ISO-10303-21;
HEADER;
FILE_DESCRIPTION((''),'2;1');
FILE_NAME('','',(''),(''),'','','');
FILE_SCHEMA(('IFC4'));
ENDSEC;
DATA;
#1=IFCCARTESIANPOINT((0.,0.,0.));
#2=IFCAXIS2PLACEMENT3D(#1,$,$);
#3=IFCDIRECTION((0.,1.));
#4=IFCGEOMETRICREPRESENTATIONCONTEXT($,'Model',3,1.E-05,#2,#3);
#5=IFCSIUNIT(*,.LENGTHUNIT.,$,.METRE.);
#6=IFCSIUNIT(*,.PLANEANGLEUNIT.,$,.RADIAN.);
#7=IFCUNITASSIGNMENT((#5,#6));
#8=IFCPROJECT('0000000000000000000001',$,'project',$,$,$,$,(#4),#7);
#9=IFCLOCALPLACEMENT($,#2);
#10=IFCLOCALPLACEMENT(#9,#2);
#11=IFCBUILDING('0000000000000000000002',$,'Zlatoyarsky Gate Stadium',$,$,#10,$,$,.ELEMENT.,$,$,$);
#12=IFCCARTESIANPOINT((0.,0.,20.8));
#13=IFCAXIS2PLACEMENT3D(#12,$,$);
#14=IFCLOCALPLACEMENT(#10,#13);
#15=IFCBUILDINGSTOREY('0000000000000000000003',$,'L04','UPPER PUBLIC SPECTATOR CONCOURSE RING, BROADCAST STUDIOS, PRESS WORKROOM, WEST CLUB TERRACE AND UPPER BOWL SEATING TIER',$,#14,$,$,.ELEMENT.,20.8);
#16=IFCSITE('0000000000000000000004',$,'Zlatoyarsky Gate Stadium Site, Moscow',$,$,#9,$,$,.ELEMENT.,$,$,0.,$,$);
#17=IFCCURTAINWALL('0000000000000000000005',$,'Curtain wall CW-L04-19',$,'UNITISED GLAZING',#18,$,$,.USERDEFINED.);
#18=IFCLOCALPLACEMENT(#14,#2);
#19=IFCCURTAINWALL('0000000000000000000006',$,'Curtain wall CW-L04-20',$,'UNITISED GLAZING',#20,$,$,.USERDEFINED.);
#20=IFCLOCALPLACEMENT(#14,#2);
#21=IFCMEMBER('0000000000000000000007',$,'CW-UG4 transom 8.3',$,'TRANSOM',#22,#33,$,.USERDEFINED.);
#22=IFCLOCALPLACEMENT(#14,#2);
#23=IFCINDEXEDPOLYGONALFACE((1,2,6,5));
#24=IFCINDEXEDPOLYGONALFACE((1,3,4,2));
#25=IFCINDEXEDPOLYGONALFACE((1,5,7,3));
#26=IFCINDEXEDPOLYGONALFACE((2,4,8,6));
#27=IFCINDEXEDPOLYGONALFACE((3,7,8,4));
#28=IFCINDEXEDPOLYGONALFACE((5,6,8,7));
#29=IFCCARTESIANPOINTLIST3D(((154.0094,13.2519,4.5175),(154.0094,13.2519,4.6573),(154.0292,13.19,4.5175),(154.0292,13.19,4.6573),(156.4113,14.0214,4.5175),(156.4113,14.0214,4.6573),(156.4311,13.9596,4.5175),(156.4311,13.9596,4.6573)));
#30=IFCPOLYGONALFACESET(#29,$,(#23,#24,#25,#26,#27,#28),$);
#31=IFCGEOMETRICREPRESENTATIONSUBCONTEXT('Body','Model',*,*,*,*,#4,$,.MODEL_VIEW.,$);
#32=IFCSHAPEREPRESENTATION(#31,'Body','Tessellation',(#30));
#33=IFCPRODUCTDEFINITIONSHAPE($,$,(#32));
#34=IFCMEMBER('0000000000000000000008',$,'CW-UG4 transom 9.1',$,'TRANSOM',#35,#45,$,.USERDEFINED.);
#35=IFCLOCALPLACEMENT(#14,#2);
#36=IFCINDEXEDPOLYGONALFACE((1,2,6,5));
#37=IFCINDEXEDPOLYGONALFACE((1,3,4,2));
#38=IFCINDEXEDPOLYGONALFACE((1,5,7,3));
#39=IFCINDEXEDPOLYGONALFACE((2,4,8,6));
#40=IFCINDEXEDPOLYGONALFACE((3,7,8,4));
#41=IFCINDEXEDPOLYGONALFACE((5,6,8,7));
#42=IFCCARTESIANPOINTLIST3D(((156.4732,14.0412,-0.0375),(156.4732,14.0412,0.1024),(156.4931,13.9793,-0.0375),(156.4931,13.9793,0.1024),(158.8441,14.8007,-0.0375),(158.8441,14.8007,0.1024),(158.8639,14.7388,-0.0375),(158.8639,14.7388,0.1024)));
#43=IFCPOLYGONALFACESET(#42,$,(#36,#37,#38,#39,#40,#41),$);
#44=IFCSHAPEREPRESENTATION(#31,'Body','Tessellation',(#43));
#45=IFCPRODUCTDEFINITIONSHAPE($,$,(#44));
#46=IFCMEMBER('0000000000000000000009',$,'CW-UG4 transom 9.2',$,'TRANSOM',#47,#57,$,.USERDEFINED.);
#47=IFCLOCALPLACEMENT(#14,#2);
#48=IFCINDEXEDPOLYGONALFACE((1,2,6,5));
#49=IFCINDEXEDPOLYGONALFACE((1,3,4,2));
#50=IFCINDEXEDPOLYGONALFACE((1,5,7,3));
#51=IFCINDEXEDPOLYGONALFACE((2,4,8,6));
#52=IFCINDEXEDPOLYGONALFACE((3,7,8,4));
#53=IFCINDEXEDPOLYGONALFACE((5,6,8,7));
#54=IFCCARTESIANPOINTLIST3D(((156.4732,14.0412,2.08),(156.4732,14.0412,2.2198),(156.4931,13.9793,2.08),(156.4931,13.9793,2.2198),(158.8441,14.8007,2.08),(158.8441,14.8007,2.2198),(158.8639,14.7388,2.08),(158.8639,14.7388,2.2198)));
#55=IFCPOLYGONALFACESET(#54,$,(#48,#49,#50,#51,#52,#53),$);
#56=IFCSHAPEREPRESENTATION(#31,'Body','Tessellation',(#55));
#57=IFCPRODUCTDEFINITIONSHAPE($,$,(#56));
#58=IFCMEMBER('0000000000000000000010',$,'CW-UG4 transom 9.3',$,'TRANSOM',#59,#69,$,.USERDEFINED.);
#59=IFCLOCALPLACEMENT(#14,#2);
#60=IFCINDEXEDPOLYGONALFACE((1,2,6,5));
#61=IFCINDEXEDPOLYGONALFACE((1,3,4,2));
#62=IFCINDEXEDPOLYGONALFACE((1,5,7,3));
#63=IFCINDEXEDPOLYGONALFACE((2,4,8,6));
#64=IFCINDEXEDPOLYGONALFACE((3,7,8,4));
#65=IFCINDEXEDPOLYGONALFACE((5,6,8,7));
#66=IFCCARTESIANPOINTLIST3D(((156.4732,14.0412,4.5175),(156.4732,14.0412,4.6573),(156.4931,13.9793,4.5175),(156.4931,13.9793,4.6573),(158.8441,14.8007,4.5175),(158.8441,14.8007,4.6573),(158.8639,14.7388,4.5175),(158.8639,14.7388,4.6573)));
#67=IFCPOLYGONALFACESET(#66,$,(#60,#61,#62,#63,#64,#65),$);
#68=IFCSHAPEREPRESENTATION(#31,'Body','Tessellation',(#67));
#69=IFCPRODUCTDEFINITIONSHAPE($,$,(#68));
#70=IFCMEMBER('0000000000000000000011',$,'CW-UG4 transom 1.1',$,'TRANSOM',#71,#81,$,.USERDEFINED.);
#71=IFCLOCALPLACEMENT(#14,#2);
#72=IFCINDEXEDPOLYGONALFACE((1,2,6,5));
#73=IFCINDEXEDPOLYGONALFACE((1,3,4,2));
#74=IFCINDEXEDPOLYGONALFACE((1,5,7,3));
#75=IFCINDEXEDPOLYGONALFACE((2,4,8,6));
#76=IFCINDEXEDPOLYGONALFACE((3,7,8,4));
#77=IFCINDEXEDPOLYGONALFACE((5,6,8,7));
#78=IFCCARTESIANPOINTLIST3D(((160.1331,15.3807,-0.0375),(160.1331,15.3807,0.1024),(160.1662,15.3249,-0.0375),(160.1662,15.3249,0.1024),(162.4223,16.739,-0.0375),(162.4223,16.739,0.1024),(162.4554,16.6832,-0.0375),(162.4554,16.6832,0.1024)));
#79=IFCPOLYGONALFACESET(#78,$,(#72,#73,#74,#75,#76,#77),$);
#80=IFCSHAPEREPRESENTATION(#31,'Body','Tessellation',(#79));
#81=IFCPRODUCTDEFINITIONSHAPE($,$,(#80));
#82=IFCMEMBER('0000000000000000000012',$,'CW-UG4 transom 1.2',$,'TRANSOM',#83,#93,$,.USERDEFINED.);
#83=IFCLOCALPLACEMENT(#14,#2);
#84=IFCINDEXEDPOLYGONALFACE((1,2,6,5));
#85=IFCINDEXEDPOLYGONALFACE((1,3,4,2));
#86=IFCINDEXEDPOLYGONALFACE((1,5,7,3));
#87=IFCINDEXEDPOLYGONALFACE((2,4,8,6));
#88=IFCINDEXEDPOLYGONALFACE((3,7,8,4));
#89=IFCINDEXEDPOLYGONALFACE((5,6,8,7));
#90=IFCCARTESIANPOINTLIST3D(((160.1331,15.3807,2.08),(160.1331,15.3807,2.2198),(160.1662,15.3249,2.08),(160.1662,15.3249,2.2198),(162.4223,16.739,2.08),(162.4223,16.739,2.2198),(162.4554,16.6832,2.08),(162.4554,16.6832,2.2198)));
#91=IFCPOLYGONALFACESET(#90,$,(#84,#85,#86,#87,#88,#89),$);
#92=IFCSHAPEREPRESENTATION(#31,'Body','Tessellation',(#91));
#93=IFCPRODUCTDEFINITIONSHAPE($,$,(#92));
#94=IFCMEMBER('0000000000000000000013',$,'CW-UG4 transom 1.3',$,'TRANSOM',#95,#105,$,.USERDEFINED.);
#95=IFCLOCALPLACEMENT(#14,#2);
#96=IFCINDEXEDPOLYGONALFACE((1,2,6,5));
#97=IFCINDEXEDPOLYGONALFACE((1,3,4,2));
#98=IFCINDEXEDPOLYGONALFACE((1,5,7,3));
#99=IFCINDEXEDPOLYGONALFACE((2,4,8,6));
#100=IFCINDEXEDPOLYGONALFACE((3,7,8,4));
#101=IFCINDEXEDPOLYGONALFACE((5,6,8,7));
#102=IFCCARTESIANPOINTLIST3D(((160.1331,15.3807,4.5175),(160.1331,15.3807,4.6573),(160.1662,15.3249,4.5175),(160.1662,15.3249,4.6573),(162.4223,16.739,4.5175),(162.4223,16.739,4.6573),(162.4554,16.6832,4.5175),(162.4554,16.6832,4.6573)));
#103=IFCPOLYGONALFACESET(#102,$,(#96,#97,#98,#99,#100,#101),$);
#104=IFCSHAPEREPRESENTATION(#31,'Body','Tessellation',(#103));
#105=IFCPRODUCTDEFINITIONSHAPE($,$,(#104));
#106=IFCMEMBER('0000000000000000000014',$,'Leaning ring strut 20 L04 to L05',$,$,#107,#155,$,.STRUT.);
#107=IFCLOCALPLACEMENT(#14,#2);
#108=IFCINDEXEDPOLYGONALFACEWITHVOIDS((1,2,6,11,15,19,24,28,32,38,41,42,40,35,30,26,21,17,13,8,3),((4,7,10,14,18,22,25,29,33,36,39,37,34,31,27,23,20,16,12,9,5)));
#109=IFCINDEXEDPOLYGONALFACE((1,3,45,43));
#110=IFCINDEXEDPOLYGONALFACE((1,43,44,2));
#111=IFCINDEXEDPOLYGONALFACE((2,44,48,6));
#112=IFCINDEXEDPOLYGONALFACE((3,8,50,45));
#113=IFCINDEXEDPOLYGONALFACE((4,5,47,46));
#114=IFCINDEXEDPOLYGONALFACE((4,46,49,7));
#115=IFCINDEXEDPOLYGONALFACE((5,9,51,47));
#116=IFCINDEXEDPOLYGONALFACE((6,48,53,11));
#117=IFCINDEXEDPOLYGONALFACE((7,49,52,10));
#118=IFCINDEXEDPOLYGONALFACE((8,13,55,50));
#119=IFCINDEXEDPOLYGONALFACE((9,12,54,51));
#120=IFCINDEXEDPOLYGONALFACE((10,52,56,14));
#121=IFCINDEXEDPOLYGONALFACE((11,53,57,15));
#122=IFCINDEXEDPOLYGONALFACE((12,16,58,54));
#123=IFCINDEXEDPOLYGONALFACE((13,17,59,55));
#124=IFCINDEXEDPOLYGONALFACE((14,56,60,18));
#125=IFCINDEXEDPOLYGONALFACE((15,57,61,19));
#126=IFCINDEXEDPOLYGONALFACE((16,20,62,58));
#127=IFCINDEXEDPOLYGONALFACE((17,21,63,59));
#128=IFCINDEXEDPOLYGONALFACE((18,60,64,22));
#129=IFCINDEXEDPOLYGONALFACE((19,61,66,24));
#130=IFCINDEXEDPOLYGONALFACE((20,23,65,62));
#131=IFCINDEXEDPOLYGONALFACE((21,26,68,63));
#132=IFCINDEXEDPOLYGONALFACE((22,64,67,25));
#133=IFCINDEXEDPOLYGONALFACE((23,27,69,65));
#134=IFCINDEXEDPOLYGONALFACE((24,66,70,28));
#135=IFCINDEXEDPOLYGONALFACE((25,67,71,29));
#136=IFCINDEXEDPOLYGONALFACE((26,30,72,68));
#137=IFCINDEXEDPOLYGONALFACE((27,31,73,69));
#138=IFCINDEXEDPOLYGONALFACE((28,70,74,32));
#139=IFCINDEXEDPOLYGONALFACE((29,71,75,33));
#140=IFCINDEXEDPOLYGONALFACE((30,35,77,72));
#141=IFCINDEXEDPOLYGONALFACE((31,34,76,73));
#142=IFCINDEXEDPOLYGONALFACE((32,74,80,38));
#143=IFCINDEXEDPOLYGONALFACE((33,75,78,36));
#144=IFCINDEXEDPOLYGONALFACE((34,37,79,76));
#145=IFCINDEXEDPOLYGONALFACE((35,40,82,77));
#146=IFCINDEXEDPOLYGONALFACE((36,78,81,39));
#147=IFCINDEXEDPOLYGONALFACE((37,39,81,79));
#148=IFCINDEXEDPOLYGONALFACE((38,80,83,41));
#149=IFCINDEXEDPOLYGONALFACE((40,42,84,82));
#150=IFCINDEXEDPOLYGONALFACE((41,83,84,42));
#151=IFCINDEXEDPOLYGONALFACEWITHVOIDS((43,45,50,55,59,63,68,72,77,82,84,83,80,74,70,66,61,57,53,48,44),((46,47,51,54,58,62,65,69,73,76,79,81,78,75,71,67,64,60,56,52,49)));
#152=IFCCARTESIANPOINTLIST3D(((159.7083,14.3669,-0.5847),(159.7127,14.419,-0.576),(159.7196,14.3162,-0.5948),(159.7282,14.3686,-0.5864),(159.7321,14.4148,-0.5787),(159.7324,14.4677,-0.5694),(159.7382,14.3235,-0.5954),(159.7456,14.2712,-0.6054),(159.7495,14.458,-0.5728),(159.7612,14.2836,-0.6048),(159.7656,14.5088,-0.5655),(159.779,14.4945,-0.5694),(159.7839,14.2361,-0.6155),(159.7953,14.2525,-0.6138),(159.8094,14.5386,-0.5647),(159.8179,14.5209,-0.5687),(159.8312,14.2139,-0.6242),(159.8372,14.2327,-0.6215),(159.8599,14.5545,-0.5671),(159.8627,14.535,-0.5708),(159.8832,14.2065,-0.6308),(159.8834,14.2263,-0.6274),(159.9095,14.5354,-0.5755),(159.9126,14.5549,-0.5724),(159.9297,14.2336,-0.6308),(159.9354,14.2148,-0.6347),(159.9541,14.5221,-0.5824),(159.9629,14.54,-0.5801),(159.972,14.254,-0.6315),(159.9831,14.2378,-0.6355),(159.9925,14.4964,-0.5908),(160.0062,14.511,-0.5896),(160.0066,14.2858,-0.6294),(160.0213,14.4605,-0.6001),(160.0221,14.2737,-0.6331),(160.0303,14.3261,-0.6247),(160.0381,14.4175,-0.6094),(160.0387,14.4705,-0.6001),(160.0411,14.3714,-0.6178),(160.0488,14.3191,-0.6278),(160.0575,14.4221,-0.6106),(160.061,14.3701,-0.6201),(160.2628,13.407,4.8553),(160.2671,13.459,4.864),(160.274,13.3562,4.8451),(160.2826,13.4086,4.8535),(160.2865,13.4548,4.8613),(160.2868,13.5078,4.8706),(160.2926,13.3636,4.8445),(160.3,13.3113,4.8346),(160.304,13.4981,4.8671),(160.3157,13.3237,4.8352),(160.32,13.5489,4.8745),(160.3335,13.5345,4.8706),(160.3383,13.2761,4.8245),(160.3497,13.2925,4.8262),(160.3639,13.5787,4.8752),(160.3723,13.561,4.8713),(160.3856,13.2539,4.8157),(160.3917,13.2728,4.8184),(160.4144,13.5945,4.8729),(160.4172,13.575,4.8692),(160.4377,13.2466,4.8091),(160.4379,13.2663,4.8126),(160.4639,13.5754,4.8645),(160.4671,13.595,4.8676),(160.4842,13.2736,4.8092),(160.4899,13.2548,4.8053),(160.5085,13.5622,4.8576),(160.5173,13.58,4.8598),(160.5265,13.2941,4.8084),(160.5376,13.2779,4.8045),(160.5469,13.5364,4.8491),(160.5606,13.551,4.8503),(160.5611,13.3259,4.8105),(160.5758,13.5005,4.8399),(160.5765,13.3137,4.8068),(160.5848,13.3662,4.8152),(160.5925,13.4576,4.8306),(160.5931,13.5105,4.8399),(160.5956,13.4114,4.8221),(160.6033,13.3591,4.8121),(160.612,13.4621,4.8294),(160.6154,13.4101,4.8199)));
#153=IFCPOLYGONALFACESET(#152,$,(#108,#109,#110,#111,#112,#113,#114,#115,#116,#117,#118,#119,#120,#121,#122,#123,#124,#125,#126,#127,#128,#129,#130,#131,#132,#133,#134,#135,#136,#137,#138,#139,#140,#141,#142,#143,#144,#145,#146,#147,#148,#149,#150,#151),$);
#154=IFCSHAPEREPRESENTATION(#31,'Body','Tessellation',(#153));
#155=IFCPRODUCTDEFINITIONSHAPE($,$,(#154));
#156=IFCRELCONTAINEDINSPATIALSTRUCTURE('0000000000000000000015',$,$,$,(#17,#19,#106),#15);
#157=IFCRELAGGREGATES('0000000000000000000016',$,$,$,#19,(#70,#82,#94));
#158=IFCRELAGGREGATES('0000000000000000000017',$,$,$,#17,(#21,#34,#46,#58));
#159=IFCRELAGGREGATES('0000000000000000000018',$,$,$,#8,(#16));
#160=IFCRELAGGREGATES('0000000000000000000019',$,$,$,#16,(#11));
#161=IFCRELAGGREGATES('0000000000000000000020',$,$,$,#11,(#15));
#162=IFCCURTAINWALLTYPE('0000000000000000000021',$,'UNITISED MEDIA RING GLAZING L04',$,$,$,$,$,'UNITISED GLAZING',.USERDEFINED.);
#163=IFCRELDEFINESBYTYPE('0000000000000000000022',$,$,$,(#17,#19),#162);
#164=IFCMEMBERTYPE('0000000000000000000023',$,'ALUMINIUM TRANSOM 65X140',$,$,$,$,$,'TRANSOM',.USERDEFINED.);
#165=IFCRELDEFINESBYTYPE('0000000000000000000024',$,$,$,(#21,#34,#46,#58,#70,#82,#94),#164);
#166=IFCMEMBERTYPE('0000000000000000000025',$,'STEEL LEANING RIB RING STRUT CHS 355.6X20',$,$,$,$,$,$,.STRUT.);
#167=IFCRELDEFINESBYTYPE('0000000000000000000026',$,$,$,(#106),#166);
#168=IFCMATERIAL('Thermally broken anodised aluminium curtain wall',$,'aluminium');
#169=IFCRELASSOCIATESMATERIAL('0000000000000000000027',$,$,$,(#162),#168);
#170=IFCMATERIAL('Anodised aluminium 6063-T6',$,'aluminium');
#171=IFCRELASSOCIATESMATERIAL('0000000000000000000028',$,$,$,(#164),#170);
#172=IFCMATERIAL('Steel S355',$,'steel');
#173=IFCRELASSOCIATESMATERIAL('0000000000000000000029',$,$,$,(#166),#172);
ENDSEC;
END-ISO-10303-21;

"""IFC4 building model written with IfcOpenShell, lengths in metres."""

from ifc_helpers import new_model, si_unit, direction, frame, origin, origin_2d, place, context, subcontext, project, spatial, rectangle, hollow_circle, extrude, material, material_profile, profile_set, type_object, element, aggregate, save


model = new_model("IFC4")

# Units and contexts
model_context = context("Model", 3, precision=1e-05, world=origin(), true_north=direction((0.0, 1.0)))
body_context = subcontext(model_context, "Body", "Model", "MODEL_VIEW")
ifc_project = project(units=[si_unit("LENGTHUNIT", "METRE"), si_unit("PLANEANGLEUNIT", "RADIAN")], contexts=[model_context])

# Site, building, storey
site_placement = place(None, origin())
site = spatial("IfcSite", under=ifc_project, at=site_placement, Name="Zlatoyarsky Gate Stadium Site, Moscow", CompositionType="ELEMENT", RefElevation=0.0)
building_placement = place(site_placement, origin())
building = spatial("IfcBuilding", under=site, at=building_placement, Name="Zlatoyarsky Gate Stadium", CompositionType="ELEMENT")
storey_placement = place(building_placement, frame((0.0, 0.0, 20.8)))
storey = spatial("IfcBuildingStorey", under=building, at=storey_placement, Name="L04", Description="UPPER PUBLIC SPECTATOR CONCOURSE RING, BROADCAST STUDIOS, PRESS WORKROOM, WEST CLUB TERRACE AND UPPER BOWL SEATING TIER", CompositionType="ELEMENT", Elevation=20.8)

# Curtain wall
ifc_material_1 = material(Name="Thermally broken anodised aluminium curtain wall", Category="aluminium")
curtain_wall_type = type_object("IfcCurtainWallType", Name="UNITISED MEDIA RING GLAZING L04", ElementType="UNITISED GLAZING", PredefinedType="USERDEFINED", material=ifc_material_1)
curtain_wall_1_placement = place(storey_placement, origin())
curtain_wall_1 = element("IfcCurtainWall", 1, at=curtain_wall_1_placement, inside=storey, type_object=curtain_wall_type, Name="Curtain wall CW-L04-19", ObjectType="UNITISED GLAZING", PredefinedType="USERDEFINED")
ifc_material_2 = material(Name="Anodised aluminium 6063-T6", Category="aluminium")

# Curtain wall
curtain_wall_2_placement = place(storey_placement, origin())
curtain_wall_2 = element("IfcCurtainWall", 2, at=curtain_wall_2_placement, inside=storey, type_object=curtain_wall_type, Name="Curtain wall CW-L04-20", ObjectType="UNITISED GLAZING", PredefinedType="USERDEFINED")

# Members
ifc_material_profile_1 = material_profile(ifc_material_2, rectangle(XDim=0.0649, YDim=0.1399, at=origin_2d()), Name="ALU 65X140")
ifc_profile_set_1 = profile_set([ifc_material_profile_1], Name="Anodised aluminium 6063-T6")
member_type_1 = type_object("IfcMemberType", Name="ALUMINIUM TRANSOM 65X140", ElementType="TRANSOM", PredefinedType="USERDEFINED", material=ifc_profile_set_1)
member_1_placement = place(storey_placement, frame((154.0193, 13.2209, 4.5874), z_axis=(0.952316, 0.305113, 0.0), x_axis=(-0.305113, 0.952316, 0.0)))
member_1 = element("IfcMember", 3, at=member_1_placement, type_object=member_type_1, Name="CW-UG4 transom 8.3", ObjectType="TRANSOM", PredefinedType="USERDEFINED", context=body_context, shape_type="SweptSolid", body=[
    extrude(rectangle(XDim=0.0649, YDim=0.1399, at=origin_2d()), origin(), (0.0, 0.0, 1.0), 2.5222),
])
member_2_placement = place(storey_placement, frame((156.4832, 14.0103, 0.0325), z_axis=(0.952325, 0.305085, 0.0), x_axis=(-0.305085, 0.952325, 0.0)))
member_2 = element("IfcMember", 4, at=member_2_placement, type_object=member_type_1, Name="CW-UG4 transom 9.1", ObjectType="TRANSOM", PredefinedType="USERDEFINED", context=body_context, shape_type="SweptSolid", body=[
    extrude(rectangle(XDim=0.0649, YDim=0.1399, at=origin_2d()), origin(), (0.0, 0.0, 1.0), 2.4895),
])
member_3_placement = place(storey_placement, frame((156.4832, 14.0103, 2.1499), z_axis=(0.952325, 0.305085, 0.0), x_axis=(-0.305085, 0.952325, 0.0)))
member_3 = element("IfcMember", 5, at=member_3_placement, type_object=member_type_1, Name="CW-UG4 transom 9.2", ObjectType="TRANSOM", PredefinedType="USERDEFINED", context=body_context, shape_type="SweptSolid", body=[
    extrude(rectangle(XDim=0.0649, YDim=0.1399, at=origin_2d()), origin(), (0.0, 0.0, 1.0), 2.4895),
])
member_4_placement = place(storey_placement, frame((156.4832, 14.0103, 4.5874), z_axis=(0.952325, 0.305085, 0.0), x_axis=(-0.305085, 0.952325, 0.0)))
member_4 = element("IfcMember", 6, at=member_4_placement, type_object=member_type_1, Name="CW-UG4 transom 9.3", ObjectType="TRANSOM", PredefinedType="USERDEFINED", context=body_context, shape_type="SweptSolid", body=[
    extrude(rectangle(XDim=0.0649, YDim=0.1399, at=origin_2d()), origin(), (0.0, 0.0, 1.0), 2.4895),
])
member_5_placement = place(storey_placement, frame((160.1497, 15.3528, 0.0325), z_axis=(0.859999, 0.510295, 0.0), x_axis=(-0.510295, 0.859999, 0.0)))
member_5 = element("IfcMember", 7, at=member_5_placement, type_object=member_type_1, Name="CW-UG4 transom 1.1", ObjectType="TRANSOM", PredefinedType="USERDEFINED", context=body_context, shape_type="SweptSolid", body=[
    extrude(rectangle(XDim=0.0649, YDim=0.1399, at=origin_2d()), origin(), (0.0, 0.0, 1.0), 2.6619),
])
member_6_placement = place(storey_placement, frame((160.1497, 15.3528, 2.1499), z_axis=(0.859999, 0.510295, 0.0), x_axis=(-0.510295, 0.859999, 0.0)))
member_6 = element("IfcMember", 8, at=member_6_placement, type_object=member_type_1, Name="CW-UG4 transom 1.2", ObjectType="TRANSOM", PredefinedType="USERDEFINED", context=body_context, shape_type="SweptSolid", body=[
    extrude(rectangle(XDim=0.0649, YDim=0.1399, at=origin_2d()), origin(), (0.0, 0.0, 1.0), 2.6619),
])
member_7_placement = place(storey_placement, frame((160.1497, 15.3528, 4.5874), z_axis=(0.859999, 0.510295, 0.0), x_axis=(-0.510295, 0.859999, 0.0)))
member_7 = element("IfcMember", 9, at=member_7_placement, type_object=member_type_1, Name="CW-UG4 transom 1.3", ObjectType="TRANSOM", PredefinedType="USERDEFINED", context=body_context, shape_type="SweptSolid", body=[
    extrude(rectangle(XDim=0.0649, YDim=0.1399, at=origin_2d()), origin(), (0.0, 0.0, 1.0), 2.6619),
])
aggregate(curtain_wall_2, [member_5, member_6, member_7])

# Member
ifc_material_3 = material(Name="Steel S355", Category="steel")
ifc_material_profile_2 = material_profile(ifc_material_3, hollow_circle(Radius=0.1777, WallThickness=0.02, at=origin_2d()), Name="CHS 355.6X20")
ifc_profile_set_2 = profile_set([ifc_material_profile_2], Name="Steel S355")
member_type_2 = type_object("IfcMemberType", Name="STEEL LEANING RIB RING STRUT CHS 355.6X20", PredefinedType="STRUT", material=ifc_profile_set_2)
member_8_placement = place(storey_placement, frame((159.8848, 14.3816, -0.6001), z_axis=(0.099868, -0.172912, 0.979861), x_axis=(0.865944, 0.500142, 0.0)))
element("IfcMember", 10, at=member_8_placement, inside=storey, type_object=member_type_2, Name="Leaning ring strut 20 L04 to L05", PredefinedType="STRUT", context=body_context, shape_type="SweptSolid", body=[
    extrude(hollow_circle(Radius=0.1777, WallThickness=0.02, at=origin_2d()), origin(), (0.0, 0.0, 1.0), 5.5518),
])

aggregate(curtain_wall_1, [member_1, member_2, member_3, member_4])

save(model, "model.ifc")
